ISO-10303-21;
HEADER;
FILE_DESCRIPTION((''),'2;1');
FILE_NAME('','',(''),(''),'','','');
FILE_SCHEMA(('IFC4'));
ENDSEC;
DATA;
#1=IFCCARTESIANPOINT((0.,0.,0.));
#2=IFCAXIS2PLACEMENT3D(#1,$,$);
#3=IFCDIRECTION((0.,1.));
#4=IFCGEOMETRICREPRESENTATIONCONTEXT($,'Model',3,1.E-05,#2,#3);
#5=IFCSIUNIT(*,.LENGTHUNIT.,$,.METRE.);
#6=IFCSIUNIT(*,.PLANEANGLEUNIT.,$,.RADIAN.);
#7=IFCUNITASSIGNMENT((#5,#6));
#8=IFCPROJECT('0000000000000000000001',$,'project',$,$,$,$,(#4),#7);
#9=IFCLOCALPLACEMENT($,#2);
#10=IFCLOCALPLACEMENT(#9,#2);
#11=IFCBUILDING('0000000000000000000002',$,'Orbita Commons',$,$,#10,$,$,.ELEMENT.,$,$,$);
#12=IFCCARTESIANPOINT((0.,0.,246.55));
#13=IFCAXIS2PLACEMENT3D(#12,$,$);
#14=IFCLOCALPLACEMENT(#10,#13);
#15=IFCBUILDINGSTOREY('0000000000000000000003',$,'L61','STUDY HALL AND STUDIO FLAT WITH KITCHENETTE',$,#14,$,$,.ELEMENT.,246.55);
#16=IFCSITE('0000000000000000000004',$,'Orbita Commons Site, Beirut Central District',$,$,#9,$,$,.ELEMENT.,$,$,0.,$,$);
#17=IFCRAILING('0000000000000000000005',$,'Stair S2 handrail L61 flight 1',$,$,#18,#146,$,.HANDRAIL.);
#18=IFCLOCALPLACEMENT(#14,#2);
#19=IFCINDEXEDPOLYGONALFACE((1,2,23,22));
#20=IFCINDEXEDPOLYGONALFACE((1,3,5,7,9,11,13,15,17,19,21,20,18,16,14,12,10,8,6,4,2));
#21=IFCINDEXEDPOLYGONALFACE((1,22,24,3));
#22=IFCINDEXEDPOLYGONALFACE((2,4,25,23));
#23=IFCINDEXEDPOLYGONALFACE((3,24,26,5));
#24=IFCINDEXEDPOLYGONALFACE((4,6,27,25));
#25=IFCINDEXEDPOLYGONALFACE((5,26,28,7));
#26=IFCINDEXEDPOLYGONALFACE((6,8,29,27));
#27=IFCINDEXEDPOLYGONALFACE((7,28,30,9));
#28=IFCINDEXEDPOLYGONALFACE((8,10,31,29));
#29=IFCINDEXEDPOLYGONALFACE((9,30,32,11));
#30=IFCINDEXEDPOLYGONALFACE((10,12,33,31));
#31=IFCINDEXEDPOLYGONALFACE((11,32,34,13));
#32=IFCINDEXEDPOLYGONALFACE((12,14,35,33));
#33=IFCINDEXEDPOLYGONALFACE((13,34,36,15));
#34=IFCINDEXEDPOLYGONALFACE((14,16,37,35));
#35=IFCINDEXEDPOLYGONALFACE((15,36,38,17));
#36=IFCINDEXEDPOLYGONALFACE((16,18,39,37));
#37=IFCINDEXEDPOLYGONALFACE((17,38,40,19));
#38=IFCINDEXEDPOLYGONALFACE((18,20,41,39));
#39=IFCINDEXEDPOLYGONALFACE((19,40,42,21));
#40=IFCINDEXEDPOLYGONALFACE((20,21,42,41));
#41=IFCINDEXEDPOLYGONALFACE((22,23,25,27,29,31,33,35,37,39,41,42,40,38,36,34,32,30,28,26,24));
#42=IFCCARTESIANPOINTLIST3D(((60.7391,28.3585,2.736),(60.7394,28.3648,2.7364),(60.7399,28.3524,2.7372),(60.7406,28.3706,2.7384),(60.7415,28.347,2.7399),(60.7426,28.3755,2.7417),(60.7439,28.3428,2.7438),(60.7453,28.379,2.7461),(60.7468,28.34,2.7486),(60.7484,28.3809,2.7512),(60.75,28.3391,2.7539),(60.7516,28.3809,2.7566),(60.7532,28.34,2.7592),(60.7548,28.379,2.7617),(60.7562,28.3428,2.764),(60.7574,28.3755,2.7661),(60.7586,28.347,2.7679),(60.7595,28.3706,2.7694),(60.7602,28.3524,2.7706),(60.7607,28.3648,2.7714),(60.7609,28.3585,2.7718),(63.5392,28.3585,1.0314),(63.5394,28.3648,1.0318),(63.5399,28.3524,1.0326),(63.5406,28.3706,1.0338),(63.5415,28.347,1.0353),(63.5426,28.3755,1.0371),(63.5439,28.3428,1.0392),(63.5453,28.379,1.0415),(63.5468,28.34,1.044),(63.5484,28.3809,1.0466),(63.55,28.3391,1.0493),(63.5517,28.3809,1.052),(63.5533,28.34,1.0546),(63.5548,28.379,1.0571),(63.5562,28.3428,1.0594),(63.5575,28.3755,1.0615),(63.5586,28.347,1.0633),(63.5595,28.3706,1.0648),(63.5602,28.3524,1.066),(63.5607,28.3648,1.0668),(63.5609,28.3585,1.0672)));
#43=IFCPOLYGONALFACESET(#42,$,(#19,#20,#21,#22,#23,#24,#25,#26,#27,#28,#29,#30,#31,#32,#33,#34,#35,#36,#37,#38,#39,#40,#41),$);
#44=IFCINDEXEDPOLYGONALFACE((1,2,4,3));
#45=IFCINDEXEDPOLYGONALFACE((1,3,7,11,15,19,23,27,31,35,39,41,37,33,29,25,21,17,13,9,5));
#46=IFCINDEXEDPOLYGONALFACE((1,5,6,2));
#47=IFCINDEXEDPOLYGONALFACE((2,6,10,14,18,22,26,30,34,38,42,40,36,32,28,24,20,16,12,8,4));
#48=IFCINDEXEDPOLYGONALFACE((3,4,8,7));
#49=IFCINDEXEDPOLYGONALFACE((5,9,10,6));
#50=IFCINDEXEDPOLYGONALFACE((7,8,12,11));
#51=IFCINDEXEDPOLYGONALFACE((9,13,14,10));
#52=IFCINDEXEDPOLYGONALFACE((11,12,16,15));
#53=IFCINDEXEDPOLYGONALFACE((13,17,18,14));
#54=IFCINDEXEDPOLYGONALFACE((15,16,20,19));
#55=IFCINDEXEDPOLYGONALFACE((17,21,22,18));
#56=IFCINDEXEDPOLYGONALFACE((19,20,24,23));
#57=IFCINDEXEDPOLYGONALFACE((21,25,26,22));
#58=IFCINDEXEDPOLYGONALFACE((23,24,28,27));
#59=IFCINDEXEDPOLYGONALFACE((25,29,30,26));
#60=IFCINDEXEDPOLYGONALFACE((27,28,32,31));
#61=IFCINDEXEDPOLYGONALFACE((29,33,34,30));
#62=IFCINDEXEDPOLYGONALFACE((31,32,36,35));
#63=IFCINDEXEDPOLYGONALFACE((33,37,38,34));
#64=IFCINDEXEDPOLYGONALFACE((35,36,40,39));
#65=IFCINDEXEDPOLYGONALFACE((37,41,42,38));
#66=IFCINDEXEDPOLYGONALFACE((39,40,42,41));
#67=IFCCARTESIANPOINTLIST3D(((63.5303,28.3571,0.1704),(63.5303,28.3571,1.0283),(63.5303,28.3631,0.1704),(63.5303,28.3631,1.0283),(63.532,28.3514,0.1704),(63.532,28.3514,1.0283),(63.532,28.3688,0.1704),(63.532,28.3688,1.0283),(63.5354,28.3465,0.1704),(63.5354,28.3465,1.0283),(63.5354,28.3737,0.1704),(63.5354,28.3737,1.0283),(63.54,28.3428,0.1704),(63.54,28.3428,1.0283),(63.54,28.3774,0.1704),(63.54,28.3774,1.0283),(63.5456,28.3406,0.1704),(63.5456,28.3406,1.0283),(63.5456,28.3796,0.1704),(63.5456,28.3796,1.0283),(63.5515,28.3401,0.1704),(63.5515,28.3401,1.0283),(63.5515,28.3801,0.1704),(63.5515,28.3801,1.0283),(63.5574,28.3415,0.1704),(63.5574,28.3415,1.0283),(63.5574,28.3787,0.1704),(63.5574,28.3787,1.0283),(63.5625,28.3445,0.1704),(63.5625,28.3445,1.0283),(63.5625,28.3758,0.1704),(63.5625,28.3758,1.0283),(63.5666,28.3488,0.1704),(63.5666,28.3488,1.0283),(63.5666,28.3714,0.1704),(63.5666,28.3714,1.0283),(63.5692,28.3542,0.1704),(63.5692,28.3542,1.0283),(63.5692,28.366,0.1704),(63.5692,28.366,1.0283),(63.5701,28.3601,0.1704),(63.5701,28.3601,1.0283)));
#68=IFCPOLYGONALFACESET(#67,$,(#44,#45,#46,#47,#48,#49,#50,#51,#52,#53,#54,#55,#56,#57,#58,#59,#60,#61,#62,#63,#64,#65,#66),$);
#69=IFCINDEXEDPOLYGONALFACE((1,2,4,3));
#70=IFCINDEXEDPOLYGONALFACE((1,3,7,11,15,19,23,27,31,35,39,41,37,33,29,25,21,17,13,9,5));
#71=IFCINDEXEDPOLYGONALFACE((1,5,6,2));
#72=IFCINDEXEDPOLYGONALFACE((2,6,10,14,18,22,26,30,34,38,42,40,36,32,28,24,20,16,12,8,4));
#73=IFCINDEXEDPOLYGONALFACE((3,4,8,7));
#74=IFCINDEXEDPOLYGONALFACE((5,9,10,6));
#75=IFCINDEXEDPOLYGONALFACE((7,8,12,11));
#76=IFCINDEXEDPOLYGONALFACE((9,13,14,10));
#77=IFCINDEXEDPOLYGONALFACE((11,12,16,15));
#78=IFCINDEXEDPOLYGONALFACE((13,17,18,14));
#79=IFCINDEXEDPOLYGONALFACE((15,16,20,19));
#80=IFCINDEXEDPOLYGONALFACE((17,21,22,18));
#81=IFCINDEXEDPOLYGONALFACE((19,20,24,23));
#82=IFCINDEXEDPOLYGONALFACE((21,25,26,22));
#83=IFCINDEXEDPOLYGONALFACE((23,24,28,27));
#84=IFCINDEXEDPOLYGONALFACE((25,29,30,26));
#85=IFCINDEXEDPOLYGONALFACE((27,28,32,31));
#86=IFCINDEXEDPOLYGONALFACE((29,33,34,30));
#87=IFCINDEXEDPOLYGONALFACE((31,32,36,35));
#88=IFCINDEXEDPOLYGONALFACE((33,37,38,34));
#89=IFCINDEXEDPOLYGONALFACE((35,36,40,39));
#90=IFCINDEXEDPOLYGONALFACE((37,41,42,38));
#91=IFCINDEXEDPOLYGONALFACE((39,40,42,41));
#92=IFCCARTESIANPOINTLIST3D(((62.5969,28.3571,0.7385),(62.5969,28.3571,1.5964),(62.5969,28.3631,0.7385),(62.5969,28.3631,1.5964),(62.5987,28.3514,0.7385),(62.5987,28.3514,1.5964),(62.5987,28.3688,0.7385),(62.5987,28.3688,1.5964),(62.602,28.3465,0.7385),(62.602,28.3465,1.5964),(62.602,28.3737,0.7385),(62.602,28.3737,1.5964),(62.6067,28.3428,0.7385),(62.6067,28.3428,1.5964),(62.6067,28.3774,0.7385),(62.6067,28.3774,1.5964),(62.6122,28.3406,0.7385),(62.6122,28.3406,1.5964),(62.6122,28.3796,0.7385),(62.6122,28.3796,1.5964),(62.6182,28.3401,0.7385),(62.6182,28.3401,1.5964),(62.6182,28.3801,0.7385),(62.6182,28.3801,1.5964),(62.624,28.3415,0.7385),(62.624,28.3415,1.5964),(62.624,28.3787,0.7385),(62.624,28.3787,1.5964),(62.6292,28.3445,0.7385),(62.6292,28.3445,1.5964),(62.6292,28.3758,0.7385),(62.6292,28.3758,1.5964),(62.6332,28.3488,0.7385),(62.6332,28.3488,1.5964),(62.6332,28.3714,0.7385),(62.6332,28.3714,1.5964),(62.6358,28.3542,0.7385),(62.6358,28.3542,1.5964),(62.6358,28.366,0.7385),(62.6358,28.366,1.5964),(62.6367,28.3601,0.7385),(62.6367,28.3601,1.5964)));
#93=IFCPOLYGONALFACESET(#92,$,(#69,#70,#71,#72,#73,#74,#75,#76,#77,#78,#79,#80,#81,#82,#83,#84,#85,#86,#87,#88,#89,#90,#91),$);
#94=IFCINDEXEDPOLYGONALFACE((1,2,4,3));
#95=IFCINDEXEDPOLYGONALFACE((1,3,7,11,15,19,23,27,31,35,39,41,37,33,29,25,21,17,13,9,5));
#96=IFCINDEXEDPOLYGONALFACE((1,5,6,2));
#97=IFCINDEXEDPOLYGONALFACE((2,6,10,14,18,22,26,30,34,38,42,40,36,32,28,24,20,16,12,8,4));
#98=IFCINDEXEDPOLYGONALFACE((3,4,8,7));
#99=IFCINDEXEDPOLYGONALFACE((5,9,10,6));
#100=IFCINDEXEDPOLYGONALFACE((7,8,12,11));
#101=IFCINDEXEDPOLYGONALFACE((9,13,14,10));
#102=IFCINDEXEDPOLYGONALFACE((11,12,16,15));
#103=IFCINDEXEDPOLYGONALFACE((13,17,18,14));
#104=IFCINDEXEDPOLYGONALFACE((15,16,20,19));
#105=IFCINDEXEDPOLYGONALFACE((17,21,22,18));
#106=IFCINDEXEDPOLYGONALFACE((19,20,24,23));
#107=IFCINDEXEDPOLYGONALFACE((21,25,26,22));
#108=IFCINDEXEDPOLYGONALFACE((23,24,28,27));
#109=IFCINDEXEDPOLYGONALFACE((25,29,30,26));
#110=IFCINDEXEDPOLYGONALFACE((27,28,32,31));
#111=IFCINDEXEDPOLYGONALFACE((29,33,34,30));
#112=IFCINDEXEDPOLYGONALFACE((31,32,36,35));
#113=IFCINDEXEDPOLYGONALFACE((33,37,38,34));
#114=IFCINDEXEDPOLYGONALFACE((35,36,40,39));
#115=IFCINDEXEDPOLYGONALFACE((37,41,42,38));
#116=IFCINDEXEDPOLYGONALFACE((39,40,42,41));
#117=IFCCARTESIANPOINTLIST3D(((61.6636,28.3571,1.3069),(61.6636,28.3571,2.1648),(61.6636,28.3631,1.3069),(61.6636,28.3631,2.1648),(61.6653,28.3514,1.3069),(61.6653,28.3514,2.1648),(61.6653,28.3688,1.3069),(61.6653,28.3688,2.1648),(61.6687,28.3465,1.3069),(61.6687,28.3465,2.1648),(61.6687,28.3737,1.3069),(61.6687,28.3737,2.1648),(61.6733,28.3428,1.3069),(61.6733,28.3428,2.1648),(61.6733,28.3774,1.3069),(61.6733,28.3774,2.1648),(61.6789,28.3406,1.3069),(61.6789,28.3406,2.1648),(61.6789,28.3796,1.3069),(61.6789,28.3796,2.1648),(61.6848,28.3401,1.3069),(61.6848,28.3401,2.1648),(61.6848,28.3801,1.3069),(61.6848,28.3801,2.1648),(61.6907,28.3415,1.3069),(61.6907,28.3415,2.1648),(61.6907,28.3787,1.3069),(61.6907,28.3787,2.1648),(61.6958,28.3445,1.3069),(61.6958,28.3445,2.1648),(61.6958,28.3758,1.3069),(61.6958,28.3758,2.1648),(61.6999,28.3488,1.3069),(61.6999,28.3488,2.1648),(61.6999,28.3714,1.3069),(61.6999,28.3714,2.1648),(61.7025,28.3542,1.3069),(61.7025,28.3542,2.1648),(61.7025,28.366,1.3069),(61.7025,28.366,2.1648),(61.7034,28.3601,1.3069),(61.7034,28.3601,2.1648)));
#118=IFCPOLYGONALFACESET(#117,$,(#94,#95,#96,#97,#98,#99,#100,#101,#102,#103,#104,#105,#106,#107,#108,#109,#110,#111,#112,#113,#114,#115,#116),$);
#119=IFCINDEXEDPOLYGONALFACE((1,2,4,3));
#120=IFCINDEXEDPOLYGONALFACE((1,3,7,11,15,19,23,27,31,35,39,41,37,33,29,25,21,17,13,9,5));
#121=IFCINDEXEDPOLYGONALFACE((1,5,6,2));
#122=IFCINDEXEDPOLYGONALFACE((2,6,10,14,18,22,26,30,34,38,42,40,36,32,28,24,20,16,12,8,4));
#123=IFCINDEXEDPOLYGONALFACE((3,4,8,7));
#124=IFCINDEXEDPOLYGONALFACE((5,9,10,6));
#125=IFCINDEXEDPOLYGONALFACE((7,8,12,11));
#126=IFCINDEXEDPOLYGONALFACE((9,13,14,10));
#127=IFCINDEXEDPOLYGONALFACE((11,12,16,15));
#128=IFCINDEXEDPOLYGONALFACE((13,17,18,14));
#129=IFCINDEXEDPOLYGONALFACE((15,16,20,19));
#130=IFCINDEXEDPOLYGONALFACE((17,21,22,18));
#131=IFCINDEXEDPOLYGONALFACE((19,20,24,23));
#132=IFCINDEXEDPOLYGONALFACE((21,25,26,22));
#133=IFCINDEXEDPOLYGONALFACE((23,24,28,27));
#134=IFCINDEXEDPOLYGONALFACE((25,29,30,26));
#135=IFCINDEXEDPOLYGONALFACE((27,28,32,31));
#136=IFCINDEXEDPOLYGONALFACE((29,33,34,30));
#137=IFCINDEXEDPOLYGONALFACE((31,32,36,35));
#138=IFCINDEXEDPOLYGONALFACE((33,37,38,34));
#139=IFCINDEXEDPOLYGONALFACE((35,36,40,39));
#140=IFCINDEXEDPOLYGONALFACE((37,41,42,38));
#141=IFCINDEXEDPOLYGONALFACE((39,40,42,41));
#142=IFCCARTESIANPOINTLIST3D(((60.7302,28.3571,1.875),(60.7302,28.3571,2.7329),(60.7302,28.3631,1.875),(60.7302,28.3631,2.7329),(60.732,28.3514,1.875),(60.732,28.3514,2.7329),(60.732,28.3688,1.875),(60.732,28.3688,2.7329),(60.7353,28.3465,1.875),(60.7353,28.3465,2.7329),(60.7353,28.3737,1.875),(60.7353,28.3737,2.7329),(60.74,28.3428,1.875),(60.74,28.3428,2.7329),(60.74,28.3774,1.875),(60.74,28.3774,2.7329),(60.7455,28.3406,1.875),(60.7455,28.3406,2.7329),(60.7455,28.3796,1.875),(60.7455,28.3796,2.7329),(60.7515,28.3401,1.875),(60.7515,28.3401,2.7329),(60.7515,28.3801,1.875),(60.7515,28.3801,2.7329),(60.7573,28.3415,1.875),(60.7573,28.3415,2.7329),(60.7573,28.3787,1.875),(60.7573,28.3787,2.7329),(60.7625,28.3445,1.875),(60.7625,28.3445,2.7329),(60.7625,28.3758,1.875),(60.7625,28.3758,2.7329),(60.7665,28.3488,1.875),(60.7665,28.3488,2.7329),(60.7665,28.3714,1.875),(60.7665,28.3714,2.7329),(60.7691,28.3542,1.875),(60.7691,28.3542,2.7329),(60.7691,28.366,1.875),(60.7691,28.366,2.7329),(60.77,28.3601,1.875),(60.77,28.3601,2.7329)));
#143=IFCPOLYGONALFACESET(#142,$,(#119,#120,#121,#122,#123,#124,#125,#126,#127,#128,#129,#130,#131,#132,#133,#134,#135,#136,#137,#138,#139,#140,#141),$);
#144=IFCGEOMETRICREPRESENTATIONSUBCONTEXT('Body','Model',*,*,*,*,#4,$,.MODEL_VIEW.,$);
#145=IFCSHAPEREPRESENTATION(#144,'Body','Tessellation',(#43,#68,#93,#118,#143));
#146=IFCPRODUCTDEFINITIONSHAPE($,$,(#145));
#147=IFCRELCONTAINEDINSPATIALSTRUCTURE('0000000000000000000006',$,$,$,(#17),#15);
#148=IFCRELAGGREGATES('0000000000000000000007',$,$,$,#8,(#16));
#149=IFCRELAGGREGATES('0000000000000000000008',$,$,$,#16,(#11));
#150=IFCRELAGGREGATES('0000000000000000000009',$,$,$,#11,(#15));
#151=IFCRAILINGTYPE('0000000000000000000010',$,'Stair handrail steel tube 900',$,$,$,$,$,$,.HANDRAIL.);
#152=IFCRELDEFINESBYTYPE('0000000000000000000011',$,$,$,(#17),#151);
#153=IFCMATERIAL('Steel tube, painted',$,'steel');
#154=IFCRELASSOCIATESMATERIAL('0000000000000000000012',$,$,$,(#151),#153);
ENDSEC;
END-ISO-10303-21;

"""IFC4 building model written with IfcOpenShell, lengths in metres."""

from ifc_helpers import new_model, si_unit, direction, frame, origin, origin_2d, place, context, subcontext, project, spatial, circle, extrude, material, type_object, element, save


model = new_model("IFC4")

# Units and contexts
model_context = context("Model", 3, precision=1e-05, world=origin(), true_north=direction((0.0, 1.0)))
body_context = subcontext(model_context, "Body", "Model", "MODEL_VIEW")
ifc_project = project(units=[si_unit("LENGTHUNIT", "METRE"), si_unit("PLANEANGLEUNIT", "RADIAN")], contexts=[model_context])

# Site, building, storey
site_placement = place(None, origin())
site = spatial("IfcSite", under=ifc_project, at=site_placement, Name="Orbita Commons Site, Beirut Central District", CompositionType="ELEMENT", RefElevation=0.0)
building_placement = place(site_placement, origin())
building = spatial("IfcBuilding", under=site, at=building_placement, Name="Orbita Commons", CompositionType="ELEMENT")
storey_placement = place(building_placement, frame((0.0, 0.0, 246.55)))
storey = spatial("IfcBuildingStorey", under=building, at=storey_placement, Name="L61", Description="STUDY HALL AND STUDIO FLAT WITH KITCHENETTE", CompositionType="ELEMENT", Elevation=246.55)

# Railing
ifc_material_1 = material(Name="Steel tube, painted", Category="steel")
railing_type = type_object("IfcRailingType", Name="Stair handrail steel tube 900", PredefinedType="HANDRAIL", material=ifc_material_1)
for number, where, name in (
    (1, (63.55, 28.3601, 0.1704), "Stair S2 handrail L61 flight 1"),
):
    element("IfcRailing", number, at=place(storey_placement, frame(where)), inside=storey, type_object=railing_type, Name=name, PredefinedType="HANDRAIL", context=body_context, shape_type="SweptSolid", body=[
        extrude(circle(Radius=0.021, at=origin_2d()), frame((0.0, 0.0, 0.8789), z_axis=(-0.85417, 0.0, 0.519994), x_axis=(0.0, -1.0, 0.0)), (0.0, 0.0, 1.0), 3.2781),
        extrude(circle(Radius=0.02, at=origin_2d()), origin(), (0.0, 0.0, 1.0), 0.8579),
        extrude(circle(Radius=0.02, at=origin_2d()), frame((-0.9333, 0.0, 0.5681)), (0.0, 0.0, 1.0), 0.8579),
        extrude(circle(Radius=0.02, at=origin_2d()), frame((-1.8667, 0.0, 1.1365)), (0.0, 0.0, 1.0), 0.8579),
        extrude(circle(Radius=0.02, at=origin_2d()), frame((-2.8, 0.0, 1.7046)), (0.0, 0.0, 1.0), 0.8579),
    ])

save(model, "model.ifc")
